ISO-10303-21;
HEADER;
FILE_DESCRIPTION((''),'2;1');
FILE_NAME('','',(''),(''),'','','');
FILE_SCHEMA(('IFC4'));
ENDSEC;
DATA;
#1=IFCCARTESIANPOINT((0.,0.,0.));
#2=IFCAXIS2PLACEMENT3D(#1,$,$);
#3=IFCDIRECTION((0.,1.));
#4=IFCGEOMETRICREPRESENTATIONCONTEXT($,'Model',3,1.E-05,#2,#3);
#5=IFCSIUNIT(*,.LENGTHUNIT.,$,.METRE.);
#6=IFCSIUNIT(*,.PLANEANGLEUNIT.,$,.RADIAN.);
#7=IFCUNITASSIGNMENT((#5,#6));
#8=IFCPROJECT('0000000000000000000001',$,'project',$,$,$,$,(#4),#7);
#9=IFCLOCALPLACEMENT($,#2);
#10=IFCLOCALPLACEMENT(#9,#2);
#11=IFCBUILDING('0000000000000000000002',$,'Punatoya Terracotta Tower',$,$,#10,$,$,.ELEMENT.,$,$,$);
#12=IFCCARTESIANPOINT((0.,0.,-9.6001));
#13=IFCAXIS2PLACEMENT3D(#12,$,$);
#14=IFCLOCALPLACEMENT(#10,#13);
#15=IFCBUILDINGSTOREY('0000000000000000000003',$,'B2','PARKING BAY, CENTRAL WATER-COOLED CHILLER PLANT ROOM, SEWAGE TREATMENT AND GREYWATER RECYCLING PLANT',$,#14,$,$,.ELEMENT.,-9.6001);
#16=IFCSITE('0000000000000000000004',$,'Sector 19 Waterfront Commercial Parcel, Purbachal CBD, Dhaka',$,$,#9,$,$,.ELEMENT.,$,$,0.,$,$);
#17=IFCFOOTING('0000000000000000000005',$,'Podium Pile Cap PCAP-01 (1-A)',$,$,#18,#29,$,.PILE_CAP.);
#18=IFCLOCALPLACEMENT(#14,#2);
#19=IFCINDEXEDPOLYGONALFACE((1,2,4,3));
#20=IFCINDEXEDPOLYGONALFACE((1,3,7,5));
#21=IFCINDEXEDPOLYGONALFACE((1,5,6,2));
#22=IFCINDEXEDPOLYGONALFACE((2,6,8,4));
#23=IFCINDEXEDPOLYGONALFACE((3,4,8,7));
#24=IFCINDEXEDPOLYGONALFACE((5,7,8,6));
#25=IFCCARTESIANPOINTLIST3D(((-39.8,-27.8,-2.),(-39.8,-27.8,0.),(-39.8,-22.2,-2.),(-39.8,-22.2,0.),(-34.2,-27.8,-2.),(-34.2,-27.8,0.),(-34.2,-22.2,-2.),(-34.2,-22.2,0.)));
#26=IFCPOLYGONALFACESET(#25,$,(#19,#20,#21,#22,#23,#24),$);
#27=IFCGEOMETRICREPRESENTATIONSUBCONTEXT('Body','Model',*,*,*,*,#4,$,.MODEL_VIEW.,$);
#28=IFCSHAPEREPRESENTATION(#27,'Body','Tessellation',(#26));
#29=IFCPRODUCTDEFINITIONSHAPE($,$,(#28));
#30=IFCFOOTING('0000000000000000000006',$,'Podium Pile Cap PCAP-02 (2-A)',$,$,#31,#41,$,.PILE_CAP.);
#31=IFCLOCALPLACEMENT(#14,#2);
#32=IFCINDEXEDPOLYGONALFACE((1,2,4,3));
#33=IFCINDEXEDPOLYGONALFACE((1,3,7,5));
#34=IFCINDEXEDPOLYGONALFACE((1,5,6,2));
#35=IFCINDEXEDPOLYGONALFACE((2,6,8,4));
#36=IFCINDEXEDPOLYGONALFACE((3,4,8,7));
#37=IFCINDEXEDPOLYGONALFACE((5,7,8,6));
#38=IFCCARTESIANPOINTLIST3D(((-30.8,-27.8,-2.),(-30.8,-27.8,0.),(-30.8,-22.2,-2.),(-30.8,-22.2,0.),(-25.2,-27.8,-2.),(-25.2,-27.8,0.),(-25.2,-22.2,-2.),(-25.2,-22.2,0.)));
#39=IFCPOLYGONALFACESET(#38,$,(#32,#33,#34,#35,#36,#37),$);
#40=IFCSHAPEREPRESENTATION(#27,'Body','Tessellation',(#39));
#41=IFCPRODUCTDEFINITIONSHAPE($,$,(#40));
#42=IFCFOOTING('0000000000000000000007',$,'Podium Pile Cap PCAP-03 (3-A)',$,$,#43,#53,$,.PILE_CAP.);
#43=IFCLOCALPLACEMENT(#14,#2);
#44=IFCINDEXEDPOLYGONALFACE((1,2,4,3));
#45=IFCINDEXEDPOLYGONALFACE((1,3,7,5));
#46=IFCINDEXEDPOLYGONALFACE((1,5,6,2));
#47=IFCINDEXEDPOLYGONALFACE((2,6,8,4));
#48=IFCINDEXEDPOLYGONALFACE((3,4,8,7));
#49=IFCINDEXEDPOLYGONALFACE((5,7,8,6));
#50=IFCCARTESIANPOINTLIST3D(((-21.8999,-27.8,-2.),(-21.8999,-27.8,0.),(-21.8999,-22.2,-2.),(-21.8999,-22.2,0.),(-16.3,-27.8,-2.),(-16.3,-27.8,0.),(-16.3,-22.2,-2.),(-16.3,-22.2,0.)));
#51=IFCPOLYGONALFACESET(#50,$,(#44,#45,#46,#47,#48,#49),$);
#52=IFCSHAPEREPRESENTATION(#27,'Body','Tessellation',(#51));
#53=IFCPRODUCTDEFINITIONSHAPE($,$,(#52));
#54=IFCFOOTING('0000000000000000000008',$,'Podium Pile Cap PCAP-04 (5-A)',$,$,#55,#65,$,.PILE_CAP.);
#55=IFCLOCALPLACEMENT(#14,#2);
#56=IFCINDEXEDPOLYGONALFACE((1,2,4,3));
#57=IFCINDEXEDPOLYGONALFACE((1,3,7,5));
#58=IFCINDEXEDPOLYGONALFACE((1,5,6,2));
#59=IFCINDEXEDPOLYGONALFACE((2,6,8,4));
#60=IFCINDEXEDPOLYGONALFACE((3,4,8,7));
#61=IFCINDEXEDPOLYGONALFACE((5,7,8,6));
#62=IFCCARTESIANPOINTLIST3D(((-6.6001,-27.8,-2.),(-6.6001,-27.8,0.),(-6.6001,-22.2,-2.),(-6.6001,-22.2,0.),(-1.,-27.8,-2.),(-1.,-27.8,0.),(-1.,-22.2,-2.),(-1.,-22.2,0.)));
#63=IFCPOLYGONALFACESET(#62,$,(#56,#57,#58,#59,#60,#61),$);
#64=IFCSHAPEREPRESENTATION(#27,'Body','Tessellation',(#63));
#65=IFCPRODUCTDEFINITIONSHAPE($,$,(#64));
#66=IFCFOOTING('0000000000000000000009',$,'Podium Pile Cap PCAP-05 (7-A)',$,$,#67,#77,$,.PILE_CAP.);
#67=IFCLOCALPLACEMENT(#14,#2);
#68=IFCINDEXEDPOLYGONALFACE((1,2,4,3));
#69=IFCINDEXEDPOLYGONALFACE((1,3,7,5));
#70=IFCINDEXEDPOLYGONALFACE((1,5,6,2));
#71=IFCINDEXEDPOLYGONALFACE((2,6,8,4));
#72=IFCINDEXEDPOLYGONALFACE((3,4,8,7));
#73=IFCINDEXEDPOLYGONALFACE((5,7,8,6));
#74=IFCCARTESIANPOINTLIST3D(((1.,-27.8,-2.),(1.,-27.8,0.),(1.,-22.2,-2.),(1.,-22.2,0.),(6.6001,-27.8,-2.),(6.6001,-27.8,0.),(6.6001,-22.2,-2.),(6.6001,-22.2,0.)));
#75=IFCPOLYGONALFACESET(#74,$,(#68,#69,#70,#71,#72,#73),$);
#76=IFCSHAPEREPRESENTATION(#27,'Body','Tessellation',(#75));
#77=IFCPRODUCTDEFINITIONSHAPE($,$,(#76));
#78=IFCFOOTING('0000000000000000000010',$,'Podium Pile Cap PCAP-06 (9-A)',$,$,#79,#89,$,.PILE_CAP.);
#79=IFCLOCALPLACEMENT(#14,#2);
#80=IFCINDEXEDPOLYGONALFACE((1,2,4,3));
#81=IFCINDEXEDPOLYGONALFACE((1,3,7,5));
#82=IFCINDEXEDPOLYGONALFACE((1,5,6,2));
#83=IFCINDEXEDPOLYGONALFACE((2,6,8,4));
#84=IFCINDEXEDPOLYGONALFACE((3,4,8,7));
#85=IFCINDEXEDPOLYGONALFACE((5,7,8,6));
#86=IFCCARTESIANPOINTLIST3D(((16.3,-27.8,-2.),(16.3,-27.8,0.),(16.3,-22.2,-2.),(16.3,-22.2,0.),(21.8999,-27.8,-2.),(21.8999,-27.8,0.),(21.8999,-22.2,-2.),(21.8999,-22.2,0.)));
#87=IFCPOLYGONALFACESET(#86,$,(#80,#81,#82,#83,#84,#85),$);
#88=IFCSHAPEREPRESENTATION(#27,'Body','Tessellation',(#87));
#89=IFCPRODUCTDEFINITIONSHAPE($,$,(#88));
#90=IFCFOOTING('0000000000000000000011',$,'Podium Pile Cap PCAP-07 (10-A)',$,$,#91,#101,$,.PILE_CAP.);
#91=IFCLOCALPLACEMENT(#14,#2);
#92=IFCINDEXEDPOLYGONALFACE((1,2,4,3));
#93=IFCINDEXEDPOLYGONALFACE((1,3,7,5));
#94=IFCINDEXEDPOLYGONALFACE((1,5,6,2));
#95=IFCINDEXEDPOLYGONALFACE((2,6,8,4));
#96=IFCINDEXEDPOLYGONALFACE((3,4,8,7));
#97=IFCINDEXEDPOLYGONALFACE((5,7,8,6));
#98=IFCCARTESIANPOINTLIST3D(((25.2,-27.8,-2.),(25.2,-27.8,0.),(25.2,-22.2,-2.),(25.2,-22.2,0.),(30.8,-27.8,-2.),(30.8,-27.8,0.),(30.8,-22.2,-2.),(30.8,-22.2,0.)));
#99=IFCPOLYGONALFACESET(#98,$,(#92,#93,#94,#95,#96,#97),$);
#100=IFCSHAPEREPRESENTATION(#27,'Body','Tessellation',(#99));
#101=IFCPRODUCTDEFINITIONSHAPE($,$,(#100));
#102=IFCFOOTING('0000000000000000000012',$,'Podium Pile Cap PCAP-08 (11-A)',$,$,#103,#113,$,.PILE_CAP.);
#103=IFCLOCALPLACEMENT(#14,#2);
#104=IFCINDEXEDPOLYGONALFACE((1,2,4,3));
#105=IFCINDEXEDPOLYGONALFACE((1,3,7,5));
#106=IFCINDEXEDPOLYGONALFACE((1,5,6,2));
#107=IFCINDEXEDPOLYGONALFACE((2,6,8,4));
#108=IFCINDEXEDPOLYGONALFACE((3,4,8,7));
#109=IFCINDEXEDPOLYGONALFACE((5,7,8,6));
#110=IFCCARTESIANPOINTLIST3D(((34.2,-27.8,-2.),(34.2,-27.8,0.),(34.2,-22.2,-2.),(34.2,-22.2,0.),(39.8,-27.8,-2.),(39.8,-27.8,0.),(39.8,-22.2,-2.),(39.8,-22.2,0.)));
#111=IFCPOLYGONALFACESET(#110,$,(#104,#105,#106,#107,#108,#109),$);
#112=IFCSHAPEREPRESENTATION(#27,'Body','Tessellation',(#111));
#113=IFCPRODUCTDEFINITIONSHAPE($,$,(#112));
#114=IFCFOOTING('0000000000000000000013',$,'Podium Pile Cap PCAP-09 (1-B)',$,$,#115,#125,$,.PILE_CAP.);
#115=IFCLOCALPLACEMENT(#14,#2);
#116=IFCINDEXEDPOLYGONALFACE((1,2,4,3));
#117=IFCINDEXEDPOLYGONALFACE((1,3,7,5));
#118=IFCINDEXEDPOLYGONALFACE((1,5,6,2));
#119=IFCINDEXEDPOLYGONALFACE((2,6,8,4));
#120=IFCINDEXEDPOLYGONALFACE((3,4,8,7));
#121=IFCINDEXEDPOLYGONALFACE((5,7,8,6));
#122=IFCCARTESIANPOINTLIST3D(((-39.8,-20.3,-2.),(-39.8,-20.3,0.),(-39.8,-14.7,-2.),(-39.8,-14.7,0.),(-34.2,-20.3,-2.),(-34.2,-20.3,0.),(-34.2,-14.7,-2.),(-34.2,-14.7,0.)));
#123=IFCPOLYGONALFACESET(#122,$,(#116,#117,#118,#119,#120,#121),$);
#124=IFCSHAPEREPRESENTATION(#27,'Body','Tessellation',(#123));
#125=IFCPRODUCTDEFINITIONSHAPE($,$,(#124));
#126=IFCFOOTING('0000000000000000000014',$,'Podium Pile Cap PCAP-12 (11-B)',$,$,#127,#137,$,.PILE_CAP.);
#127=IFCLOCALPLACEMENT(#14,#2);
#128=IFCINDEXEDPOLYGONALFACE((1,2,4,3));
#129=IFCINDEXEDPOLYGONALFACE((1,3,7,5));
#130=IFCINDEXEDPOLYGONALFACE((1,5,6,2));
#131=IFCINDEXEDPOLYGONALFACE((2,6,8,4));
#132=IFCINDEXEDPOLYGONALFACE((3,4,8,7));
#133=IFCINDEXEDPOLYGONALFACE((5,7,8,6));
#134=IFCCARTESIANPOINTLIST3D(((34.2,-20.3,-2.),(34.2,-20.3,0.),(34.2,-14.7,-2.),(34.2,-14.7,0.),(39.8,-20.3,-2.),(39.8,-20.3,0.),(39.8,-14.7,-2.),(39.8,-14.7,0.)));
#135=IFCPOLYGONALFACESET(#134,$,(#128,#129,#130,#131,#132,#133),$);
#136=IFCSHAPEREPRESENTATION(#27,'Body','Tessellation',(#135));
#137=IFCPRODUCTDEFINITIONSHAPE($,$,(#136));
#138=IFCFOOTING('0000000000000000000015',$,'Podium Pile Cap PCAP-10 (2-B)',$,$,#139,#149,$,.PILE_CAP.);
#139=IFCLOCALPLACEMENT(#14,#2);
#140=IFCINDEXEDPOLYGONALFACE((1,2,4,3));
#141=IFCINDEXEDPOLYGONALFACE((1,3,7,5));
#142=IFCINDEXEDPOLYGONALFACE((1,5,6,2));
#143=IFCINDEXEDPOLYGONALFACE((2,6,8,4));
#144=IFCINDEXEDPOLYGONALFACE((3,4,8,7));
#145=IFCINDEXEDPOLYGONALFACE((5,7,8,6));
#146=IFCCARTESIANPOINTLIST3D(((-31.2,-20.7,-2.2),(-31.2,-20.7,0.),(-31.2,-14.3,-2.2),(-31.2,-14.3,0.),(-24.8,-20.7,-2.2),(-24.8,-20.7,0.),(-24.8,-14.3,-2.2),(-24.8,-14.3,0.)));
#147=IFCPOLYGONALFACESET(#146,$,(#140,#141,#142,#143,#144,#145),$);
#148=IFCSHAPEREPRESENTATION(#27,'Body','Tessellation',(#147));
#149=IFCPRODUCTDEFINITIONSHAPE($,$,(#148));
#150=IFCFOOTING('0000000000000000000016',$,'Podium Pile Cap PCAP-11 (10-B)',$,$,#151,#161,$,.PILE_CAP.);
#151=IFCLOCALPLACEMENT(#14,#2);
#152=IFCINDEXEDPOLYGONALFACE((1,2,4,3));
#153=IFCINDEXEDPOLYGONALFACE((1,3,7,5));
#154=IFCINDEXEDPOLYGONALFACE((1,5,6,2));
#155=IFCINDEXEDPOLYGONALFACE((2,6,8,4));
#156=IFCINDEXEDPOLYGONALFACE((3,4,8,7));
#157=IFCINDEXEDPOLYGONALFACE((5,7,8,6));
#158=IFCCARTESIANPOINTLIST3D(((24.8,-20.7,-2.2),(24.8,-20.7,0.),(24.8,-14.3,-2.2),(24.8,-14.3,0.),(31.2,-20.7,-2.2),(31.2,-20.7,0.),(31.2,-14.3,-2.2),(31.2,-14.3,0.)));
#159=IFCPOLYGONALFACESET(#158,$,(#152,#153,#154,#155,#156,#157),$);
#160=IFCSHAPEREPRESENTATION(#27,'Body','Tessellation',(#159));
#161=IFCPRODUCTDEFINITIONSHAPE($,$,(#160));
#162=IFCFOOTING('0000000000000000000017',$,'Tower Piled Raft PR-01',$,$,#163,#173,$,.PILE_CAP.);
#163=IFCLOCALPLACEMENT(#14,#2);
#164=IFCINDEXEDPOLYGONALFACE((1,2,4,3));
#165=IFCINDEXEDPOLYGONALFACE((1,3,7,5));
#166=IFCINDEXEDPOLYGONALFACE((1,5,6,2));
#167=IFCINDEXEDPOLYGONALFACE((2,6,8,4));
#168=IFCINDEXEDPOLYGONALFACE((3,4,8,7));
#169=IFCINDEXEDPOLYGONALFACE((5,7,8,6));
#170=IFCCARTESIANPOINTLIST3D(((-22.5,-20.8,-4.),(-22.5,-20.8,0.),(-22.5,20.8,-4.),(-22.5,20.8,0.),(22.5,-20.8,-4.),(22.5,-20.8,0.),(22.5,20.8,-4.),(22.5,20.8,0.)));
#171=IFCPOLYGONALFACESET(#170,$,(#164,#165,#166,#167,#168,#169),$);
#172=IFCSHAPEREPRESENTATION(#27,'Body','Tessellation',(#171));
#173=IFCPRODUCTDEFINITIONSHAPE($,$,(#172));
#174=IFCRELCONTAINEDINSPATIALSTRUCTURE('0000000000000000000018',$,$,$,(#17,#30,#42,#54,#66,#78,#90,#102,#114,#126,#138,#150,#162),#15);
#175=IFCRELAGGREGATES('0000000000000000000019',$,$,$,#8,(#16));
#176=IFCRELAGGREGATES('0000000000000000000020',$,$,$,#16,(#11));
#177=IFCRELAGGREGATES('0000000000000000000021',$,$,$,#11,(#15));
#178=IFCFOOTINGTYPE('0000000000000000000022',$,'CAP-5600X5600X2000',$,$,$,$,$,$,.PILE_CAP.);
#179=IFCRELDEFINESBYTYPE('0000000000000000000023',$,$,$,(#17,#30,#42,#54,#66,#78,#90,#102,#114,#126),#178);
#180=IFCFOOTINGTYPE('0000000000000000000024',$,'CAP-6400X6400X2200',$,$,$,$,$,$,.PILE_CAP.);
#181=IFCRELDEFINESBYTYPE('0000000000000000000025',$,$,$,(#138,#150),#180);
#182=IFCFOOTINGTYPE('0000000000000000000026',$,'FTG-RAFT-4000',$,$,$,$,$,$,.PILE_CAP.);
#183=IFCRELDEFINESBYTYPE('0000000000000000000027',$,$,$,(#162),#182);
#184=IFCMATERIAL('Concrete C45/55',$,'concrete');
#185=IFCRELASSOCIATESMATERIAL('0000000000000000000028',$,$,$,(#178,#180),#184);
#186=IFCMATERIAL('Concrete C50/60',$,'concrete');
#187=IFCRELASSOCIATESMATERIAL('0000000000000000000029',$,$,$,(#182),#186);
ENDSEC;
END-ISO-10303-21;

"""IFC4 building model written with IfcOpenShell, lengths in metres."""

from ifc_helpers import new_model, si_unit, direction, frame, origin, place, context, subcontext, project, spatial, polyline, outline, extrude, material, type_object, element, save


model = new_model("IFC4")

# Units and contexts
model_context = context("Model", 3, precision=1e-05, world=origin(), true_north=direction((0.0, 1.0)))
body_context = subcontext(model_context, "Body", "Model", "MODEL_VIEW")
ifc_project = project(units=[si_unit("LENGTHUNIT", "METRE"), si_unit("PLANEANGLEUNIT", "RADIAN")], contexts=[model_context])

# Site, building, storey
site_placement = place(None, origin())
site = spatial("IfcSite", under=ifc_project, at=site_placement, Name="Sector 19 Waterfront Commercial Parcel, Purbachal CBD, Dhaka", CompositionType="ELEMENT", RefElevation=0.0)
building_placement = place(site_placement, origin())
building = spatial("IfcBuilding", under=site, at=building_placement, Name="Punatoya Terracotta Tower", CompositionType="ELEMENT")
storey_placement = place(building_placement, frame((0.0, 0.0, -9.6001)))
storey = spatial("IfcBuildingStorey", under=building, at=storey_placement, Name="B2", Description="PARKING BAY, CENTRAL WATER-COOLED CHILLER PLANT ROOM, SEWAGE TREATMENT AND GREYWATER RECYCLING PLANT", CompositionType="ELEMENT", Elevation=-9.6001)

# Footings
ifc_material_1 = material(Name="Concrete C45/55", Category="concrete")
footing_type_1 = type_object("IfcFootingType", Name="CAP-5600X5600X2000", PredefinedType="PILE_CAP", material=ifc_material_1)
footing_1_placement = place(storey_placement, frame((0.0, 0.0, -2.0)))
element("IfcFooting", 1, at=footing_1_placement, inside=storey, type_object=footing_type_1, Name="Podium Pile Cap PCAP-01 (1-A)", PredefinedType="PILE_CAP", context=body_context, shape_type="SweptSolid", body=[
    extrude(outline(polyline([(-39.8, -27.8), (-34.2, -27.8), (-34.2, -22.2), (-39.8, -22.2), (-39.8, -27.8)])), origin(), (0.0, 0.0, 1.0), 2.0),
])
footing_2_placement = place(storey_placement, frame((0.0, 0.0, -2.0)))
element("IfcFooting", 2, at=footing_2_placement, inside=storey, type_object=footing_type_1, Name="Podium Pile Cap PCAP-02 (2-A)", PredefinedType="PILE_CAP", context=body_context, shape_type="SweptSolid", body=[
    extrude(outline(polyline([(-30.8, -27.8), (-25.2, -27.8), (-25.2, -22.2), (-30.8, -22.2), (-30.8, -27.8)])), origin(), (0.0, 0.0, 1.0), 2.0),
])
footing_3_placement = place(storey_placement, frame((0.0, 0.0, -2.0)))
element("IfcFooting", 3, at=footing_3_placement, inside=storey, type_object=footing_type_1, Name="Podium Pile Cap PCAP-03 (3-A)", PredefinedType="PILE_CAP", context=body_context, shape_type="SweptSolid", body=[
    extrude(outline(polyline([(-21.8999, -27.8), (-16.3, -27.8), (-16.3, -22.2), (-21.8999, -22.2), (-21.8999, -27.8)])), origin(), (0.0, 0.0, 1.0), 2.0),
])
footing_4_placement = place(storey_placement, frame((0.0, 0.0, -2.0)))
element("IfcFooting", 4, at=footing_4_placement, inside=storey, type_object=footing_type_1, Name="Podium Pile Cap PCAP-04 (5-A)", PredefinedType="PILE_CAP", context=body_context, shape_type="SweptSolid", body=[
    extrude(outline(polyline([(-6.6001, -27.8), (-1.0, -27.8), (-1.0, -22.2), (-6.6001, -22.2), (-6.6001, -27.8)])), origin(), (0.0, 0.0, 1.0), 2.0),
])
footing_5_placement = place(storey_placement, frame((0.0, 0.0, -2.0)))
element("IfcFooting", 5, at=footing_5_placement, inside=storey, type_object=footing_type_1, Name="Podium Pile Cap PCAP-05 (7-A)", PredefinedType="PILE_CAP", context=body_context, shape_type="SweptSolid", body=[
    extrude(outline(polyline([(1.0, -27.8), (6.6001, -27.8), (6.6001, -22.2), (1.0, -22.2), (1.0, -27.8)])), origin(), (0.0, 0.0, 1.0), 2.0),
])
footing_6_placement = place(storey_placement, frame((0.0, 0.0, -2.0)))
element("IfcFooting", 6, at=footing_6_placement, inside=storey, type_object=footing_type_1, Name="Podium Pile Cap PCAP-06 (9-A)", PredefinedType="PILE_CAP", context=body_context, shape_type="SweptSolid", body=[
    extrude(outline(polyline([(16.3, -27.8), (21.8999, -27.8), (21.8999, -22.2), (16.3, -22.2), (16.3, -27.8)])), origin(), (0.0, 0.0, 1.0), 2.0),
])
footing_7_placement = place(storey_placement, frame((0.0, 0.0, -2.0)))
element("IfcFooting", 7, at=footing_7_placement, inside=storey, type_object=footing_type_1, Name="Podium Pile Cap PCAP-07 (10-A)", PredefinedType="PILE_CAP", context=body_context, shape_type="SweptSolid", body=[
    extrude(outline(polyline([(25.2, -27.8), (30.8, -27.8), (30.8, -22.2), (25.2, -22.2), (25.2, -27.8)])), origin(), (0.0, 0.0, 1.0), 2.0),
])
footing_8_placement = place(storey_placement, frame((0.0, 0.0, -2.0)))
element("IfcFooting", 8, at=footing_8_placement, inside=storey, type_object=footing_type_1, Name="Podium Pile Cap PCAP-08 (11-A)", PredefinedType="PILE_CAP", context=body_context, shape_type="SweptSolid", body=[
    extrude(outline(polyline([(34.2, -27.8), (39.8, -27.8), (39.8, -22.2), (34.2, -22.2), (34.2, -27.8)])), origin(), (0.0, 0.0, 1.0), 2.0),
])
footing_9_placement = place(storey_placement, frame((0.0, 0.0, -2.0)))
element("IfcFooting", 9, at=footing_9_placement, inside=storey, type_object=footing_type_1, Name="Podium Pile Cap PCAP-09 (1-B)", PredefinedType="PILE_CAP", context=body_context, shape_type="SweptSolid", body=[
    extrude(outline(polyline([(-39.8, -20.3), (-34.2, -20.3), (-34.2, -14.7), (-39.8, -14.7), (-39.8, -20.3)])), origin(), (0.0, 0.0, 1.0), 2.0),
])
footing_10_placement = place(storey_placement, frame((0.0, 0.0, -2.0)))
element("IfcFooting", 10, at=footing_10_placement, inside=storey, type_object=footing_type_1, Name="Podium Pile Cap PCAP-12 (11-B)", PredefinedType="PILE_CAP", context=body_context, shape_type="SweptSolid", body=[
    extrude(outline(polyline([(34.2, -20.3), (39.8, -20.3), (39.8, -14.7), (34.2, -14.7), (34.2, -20.3)])), origin(), (0.0, 0.0, 1.0), 2.0),
])
footing_type_2 = type_object("IfcFootingType", Name="CAP-6400X6400X2200", PredefinedType="PILE_CAP", material=ifc_material_1)
footing_11_placement = place(storey_placement, frame((0.0, 0.0, -2.2)))
element("IfcFooting", 11, at=footing_11_placement, inside=storey, type_object=footing_type_2, Name="Podium Pile Cap PCAP-10 (2-B)", PredefinedType="PILE_CAP", context=body_context, shape_type="SweptSolid", body=[
    extrude(outline(polyline([(-31.2, -20.7), (-24.8, -20.7), (-24.8, -14.3), (-31.2, -14.3), (-31.2, -20.7)])), origin(), (0.0, 0.0, 1.0), 2.2),
])
footing_12_placement = place(storey_placement, frame((0.0, 0.0, -2.2)))
element("IfcFooting", 12, at=footing_12_placement, inside=storey, type_object=footing_type_2, Name="Podium Pile Cap PCAP-11 (10-B)", PredefinedType="PILE_CAP", context=body_context, shape_type="SweptSolid", body=[
    extrude(outline(polyline([(24.8, -20.7), (31.2, -20.7), (31.2, -14.3), (24.8, -14.3), (24.8, -20.7)])), origin(), (0.0, 0.0, 1.0), 2.2),
])
ifc_material_2 = material(Name="Concrete C50/60", Category="concrete")
footing_type_3 = type_object("IfcFootingType", Name="FTG-RAFT-4000", PredefinedType="PILE_CAP", material=ifc_material_2)
footing_13_placement = place(storey_placement, frame((0.0, 0.0, -4.0)))
element("IfcFooting", 13, at=footing_13_placement, inside=storey, type_object=footing_type_3, Name="Tower Piled Raft PR-01", PredefinedType="PILE_CAP", context=body_context, shape_type="SweptSolid", body=[
    extrude(outline(polyline([(-22.5, -20.8), (22.5, -20.8), (22.5, 20.8), (-22.5, 20.8), (-22.5, -20.8)])), origin(), (0.0, 0.0, 1.0), 4.0),
])

save(model, "model.ifc")
